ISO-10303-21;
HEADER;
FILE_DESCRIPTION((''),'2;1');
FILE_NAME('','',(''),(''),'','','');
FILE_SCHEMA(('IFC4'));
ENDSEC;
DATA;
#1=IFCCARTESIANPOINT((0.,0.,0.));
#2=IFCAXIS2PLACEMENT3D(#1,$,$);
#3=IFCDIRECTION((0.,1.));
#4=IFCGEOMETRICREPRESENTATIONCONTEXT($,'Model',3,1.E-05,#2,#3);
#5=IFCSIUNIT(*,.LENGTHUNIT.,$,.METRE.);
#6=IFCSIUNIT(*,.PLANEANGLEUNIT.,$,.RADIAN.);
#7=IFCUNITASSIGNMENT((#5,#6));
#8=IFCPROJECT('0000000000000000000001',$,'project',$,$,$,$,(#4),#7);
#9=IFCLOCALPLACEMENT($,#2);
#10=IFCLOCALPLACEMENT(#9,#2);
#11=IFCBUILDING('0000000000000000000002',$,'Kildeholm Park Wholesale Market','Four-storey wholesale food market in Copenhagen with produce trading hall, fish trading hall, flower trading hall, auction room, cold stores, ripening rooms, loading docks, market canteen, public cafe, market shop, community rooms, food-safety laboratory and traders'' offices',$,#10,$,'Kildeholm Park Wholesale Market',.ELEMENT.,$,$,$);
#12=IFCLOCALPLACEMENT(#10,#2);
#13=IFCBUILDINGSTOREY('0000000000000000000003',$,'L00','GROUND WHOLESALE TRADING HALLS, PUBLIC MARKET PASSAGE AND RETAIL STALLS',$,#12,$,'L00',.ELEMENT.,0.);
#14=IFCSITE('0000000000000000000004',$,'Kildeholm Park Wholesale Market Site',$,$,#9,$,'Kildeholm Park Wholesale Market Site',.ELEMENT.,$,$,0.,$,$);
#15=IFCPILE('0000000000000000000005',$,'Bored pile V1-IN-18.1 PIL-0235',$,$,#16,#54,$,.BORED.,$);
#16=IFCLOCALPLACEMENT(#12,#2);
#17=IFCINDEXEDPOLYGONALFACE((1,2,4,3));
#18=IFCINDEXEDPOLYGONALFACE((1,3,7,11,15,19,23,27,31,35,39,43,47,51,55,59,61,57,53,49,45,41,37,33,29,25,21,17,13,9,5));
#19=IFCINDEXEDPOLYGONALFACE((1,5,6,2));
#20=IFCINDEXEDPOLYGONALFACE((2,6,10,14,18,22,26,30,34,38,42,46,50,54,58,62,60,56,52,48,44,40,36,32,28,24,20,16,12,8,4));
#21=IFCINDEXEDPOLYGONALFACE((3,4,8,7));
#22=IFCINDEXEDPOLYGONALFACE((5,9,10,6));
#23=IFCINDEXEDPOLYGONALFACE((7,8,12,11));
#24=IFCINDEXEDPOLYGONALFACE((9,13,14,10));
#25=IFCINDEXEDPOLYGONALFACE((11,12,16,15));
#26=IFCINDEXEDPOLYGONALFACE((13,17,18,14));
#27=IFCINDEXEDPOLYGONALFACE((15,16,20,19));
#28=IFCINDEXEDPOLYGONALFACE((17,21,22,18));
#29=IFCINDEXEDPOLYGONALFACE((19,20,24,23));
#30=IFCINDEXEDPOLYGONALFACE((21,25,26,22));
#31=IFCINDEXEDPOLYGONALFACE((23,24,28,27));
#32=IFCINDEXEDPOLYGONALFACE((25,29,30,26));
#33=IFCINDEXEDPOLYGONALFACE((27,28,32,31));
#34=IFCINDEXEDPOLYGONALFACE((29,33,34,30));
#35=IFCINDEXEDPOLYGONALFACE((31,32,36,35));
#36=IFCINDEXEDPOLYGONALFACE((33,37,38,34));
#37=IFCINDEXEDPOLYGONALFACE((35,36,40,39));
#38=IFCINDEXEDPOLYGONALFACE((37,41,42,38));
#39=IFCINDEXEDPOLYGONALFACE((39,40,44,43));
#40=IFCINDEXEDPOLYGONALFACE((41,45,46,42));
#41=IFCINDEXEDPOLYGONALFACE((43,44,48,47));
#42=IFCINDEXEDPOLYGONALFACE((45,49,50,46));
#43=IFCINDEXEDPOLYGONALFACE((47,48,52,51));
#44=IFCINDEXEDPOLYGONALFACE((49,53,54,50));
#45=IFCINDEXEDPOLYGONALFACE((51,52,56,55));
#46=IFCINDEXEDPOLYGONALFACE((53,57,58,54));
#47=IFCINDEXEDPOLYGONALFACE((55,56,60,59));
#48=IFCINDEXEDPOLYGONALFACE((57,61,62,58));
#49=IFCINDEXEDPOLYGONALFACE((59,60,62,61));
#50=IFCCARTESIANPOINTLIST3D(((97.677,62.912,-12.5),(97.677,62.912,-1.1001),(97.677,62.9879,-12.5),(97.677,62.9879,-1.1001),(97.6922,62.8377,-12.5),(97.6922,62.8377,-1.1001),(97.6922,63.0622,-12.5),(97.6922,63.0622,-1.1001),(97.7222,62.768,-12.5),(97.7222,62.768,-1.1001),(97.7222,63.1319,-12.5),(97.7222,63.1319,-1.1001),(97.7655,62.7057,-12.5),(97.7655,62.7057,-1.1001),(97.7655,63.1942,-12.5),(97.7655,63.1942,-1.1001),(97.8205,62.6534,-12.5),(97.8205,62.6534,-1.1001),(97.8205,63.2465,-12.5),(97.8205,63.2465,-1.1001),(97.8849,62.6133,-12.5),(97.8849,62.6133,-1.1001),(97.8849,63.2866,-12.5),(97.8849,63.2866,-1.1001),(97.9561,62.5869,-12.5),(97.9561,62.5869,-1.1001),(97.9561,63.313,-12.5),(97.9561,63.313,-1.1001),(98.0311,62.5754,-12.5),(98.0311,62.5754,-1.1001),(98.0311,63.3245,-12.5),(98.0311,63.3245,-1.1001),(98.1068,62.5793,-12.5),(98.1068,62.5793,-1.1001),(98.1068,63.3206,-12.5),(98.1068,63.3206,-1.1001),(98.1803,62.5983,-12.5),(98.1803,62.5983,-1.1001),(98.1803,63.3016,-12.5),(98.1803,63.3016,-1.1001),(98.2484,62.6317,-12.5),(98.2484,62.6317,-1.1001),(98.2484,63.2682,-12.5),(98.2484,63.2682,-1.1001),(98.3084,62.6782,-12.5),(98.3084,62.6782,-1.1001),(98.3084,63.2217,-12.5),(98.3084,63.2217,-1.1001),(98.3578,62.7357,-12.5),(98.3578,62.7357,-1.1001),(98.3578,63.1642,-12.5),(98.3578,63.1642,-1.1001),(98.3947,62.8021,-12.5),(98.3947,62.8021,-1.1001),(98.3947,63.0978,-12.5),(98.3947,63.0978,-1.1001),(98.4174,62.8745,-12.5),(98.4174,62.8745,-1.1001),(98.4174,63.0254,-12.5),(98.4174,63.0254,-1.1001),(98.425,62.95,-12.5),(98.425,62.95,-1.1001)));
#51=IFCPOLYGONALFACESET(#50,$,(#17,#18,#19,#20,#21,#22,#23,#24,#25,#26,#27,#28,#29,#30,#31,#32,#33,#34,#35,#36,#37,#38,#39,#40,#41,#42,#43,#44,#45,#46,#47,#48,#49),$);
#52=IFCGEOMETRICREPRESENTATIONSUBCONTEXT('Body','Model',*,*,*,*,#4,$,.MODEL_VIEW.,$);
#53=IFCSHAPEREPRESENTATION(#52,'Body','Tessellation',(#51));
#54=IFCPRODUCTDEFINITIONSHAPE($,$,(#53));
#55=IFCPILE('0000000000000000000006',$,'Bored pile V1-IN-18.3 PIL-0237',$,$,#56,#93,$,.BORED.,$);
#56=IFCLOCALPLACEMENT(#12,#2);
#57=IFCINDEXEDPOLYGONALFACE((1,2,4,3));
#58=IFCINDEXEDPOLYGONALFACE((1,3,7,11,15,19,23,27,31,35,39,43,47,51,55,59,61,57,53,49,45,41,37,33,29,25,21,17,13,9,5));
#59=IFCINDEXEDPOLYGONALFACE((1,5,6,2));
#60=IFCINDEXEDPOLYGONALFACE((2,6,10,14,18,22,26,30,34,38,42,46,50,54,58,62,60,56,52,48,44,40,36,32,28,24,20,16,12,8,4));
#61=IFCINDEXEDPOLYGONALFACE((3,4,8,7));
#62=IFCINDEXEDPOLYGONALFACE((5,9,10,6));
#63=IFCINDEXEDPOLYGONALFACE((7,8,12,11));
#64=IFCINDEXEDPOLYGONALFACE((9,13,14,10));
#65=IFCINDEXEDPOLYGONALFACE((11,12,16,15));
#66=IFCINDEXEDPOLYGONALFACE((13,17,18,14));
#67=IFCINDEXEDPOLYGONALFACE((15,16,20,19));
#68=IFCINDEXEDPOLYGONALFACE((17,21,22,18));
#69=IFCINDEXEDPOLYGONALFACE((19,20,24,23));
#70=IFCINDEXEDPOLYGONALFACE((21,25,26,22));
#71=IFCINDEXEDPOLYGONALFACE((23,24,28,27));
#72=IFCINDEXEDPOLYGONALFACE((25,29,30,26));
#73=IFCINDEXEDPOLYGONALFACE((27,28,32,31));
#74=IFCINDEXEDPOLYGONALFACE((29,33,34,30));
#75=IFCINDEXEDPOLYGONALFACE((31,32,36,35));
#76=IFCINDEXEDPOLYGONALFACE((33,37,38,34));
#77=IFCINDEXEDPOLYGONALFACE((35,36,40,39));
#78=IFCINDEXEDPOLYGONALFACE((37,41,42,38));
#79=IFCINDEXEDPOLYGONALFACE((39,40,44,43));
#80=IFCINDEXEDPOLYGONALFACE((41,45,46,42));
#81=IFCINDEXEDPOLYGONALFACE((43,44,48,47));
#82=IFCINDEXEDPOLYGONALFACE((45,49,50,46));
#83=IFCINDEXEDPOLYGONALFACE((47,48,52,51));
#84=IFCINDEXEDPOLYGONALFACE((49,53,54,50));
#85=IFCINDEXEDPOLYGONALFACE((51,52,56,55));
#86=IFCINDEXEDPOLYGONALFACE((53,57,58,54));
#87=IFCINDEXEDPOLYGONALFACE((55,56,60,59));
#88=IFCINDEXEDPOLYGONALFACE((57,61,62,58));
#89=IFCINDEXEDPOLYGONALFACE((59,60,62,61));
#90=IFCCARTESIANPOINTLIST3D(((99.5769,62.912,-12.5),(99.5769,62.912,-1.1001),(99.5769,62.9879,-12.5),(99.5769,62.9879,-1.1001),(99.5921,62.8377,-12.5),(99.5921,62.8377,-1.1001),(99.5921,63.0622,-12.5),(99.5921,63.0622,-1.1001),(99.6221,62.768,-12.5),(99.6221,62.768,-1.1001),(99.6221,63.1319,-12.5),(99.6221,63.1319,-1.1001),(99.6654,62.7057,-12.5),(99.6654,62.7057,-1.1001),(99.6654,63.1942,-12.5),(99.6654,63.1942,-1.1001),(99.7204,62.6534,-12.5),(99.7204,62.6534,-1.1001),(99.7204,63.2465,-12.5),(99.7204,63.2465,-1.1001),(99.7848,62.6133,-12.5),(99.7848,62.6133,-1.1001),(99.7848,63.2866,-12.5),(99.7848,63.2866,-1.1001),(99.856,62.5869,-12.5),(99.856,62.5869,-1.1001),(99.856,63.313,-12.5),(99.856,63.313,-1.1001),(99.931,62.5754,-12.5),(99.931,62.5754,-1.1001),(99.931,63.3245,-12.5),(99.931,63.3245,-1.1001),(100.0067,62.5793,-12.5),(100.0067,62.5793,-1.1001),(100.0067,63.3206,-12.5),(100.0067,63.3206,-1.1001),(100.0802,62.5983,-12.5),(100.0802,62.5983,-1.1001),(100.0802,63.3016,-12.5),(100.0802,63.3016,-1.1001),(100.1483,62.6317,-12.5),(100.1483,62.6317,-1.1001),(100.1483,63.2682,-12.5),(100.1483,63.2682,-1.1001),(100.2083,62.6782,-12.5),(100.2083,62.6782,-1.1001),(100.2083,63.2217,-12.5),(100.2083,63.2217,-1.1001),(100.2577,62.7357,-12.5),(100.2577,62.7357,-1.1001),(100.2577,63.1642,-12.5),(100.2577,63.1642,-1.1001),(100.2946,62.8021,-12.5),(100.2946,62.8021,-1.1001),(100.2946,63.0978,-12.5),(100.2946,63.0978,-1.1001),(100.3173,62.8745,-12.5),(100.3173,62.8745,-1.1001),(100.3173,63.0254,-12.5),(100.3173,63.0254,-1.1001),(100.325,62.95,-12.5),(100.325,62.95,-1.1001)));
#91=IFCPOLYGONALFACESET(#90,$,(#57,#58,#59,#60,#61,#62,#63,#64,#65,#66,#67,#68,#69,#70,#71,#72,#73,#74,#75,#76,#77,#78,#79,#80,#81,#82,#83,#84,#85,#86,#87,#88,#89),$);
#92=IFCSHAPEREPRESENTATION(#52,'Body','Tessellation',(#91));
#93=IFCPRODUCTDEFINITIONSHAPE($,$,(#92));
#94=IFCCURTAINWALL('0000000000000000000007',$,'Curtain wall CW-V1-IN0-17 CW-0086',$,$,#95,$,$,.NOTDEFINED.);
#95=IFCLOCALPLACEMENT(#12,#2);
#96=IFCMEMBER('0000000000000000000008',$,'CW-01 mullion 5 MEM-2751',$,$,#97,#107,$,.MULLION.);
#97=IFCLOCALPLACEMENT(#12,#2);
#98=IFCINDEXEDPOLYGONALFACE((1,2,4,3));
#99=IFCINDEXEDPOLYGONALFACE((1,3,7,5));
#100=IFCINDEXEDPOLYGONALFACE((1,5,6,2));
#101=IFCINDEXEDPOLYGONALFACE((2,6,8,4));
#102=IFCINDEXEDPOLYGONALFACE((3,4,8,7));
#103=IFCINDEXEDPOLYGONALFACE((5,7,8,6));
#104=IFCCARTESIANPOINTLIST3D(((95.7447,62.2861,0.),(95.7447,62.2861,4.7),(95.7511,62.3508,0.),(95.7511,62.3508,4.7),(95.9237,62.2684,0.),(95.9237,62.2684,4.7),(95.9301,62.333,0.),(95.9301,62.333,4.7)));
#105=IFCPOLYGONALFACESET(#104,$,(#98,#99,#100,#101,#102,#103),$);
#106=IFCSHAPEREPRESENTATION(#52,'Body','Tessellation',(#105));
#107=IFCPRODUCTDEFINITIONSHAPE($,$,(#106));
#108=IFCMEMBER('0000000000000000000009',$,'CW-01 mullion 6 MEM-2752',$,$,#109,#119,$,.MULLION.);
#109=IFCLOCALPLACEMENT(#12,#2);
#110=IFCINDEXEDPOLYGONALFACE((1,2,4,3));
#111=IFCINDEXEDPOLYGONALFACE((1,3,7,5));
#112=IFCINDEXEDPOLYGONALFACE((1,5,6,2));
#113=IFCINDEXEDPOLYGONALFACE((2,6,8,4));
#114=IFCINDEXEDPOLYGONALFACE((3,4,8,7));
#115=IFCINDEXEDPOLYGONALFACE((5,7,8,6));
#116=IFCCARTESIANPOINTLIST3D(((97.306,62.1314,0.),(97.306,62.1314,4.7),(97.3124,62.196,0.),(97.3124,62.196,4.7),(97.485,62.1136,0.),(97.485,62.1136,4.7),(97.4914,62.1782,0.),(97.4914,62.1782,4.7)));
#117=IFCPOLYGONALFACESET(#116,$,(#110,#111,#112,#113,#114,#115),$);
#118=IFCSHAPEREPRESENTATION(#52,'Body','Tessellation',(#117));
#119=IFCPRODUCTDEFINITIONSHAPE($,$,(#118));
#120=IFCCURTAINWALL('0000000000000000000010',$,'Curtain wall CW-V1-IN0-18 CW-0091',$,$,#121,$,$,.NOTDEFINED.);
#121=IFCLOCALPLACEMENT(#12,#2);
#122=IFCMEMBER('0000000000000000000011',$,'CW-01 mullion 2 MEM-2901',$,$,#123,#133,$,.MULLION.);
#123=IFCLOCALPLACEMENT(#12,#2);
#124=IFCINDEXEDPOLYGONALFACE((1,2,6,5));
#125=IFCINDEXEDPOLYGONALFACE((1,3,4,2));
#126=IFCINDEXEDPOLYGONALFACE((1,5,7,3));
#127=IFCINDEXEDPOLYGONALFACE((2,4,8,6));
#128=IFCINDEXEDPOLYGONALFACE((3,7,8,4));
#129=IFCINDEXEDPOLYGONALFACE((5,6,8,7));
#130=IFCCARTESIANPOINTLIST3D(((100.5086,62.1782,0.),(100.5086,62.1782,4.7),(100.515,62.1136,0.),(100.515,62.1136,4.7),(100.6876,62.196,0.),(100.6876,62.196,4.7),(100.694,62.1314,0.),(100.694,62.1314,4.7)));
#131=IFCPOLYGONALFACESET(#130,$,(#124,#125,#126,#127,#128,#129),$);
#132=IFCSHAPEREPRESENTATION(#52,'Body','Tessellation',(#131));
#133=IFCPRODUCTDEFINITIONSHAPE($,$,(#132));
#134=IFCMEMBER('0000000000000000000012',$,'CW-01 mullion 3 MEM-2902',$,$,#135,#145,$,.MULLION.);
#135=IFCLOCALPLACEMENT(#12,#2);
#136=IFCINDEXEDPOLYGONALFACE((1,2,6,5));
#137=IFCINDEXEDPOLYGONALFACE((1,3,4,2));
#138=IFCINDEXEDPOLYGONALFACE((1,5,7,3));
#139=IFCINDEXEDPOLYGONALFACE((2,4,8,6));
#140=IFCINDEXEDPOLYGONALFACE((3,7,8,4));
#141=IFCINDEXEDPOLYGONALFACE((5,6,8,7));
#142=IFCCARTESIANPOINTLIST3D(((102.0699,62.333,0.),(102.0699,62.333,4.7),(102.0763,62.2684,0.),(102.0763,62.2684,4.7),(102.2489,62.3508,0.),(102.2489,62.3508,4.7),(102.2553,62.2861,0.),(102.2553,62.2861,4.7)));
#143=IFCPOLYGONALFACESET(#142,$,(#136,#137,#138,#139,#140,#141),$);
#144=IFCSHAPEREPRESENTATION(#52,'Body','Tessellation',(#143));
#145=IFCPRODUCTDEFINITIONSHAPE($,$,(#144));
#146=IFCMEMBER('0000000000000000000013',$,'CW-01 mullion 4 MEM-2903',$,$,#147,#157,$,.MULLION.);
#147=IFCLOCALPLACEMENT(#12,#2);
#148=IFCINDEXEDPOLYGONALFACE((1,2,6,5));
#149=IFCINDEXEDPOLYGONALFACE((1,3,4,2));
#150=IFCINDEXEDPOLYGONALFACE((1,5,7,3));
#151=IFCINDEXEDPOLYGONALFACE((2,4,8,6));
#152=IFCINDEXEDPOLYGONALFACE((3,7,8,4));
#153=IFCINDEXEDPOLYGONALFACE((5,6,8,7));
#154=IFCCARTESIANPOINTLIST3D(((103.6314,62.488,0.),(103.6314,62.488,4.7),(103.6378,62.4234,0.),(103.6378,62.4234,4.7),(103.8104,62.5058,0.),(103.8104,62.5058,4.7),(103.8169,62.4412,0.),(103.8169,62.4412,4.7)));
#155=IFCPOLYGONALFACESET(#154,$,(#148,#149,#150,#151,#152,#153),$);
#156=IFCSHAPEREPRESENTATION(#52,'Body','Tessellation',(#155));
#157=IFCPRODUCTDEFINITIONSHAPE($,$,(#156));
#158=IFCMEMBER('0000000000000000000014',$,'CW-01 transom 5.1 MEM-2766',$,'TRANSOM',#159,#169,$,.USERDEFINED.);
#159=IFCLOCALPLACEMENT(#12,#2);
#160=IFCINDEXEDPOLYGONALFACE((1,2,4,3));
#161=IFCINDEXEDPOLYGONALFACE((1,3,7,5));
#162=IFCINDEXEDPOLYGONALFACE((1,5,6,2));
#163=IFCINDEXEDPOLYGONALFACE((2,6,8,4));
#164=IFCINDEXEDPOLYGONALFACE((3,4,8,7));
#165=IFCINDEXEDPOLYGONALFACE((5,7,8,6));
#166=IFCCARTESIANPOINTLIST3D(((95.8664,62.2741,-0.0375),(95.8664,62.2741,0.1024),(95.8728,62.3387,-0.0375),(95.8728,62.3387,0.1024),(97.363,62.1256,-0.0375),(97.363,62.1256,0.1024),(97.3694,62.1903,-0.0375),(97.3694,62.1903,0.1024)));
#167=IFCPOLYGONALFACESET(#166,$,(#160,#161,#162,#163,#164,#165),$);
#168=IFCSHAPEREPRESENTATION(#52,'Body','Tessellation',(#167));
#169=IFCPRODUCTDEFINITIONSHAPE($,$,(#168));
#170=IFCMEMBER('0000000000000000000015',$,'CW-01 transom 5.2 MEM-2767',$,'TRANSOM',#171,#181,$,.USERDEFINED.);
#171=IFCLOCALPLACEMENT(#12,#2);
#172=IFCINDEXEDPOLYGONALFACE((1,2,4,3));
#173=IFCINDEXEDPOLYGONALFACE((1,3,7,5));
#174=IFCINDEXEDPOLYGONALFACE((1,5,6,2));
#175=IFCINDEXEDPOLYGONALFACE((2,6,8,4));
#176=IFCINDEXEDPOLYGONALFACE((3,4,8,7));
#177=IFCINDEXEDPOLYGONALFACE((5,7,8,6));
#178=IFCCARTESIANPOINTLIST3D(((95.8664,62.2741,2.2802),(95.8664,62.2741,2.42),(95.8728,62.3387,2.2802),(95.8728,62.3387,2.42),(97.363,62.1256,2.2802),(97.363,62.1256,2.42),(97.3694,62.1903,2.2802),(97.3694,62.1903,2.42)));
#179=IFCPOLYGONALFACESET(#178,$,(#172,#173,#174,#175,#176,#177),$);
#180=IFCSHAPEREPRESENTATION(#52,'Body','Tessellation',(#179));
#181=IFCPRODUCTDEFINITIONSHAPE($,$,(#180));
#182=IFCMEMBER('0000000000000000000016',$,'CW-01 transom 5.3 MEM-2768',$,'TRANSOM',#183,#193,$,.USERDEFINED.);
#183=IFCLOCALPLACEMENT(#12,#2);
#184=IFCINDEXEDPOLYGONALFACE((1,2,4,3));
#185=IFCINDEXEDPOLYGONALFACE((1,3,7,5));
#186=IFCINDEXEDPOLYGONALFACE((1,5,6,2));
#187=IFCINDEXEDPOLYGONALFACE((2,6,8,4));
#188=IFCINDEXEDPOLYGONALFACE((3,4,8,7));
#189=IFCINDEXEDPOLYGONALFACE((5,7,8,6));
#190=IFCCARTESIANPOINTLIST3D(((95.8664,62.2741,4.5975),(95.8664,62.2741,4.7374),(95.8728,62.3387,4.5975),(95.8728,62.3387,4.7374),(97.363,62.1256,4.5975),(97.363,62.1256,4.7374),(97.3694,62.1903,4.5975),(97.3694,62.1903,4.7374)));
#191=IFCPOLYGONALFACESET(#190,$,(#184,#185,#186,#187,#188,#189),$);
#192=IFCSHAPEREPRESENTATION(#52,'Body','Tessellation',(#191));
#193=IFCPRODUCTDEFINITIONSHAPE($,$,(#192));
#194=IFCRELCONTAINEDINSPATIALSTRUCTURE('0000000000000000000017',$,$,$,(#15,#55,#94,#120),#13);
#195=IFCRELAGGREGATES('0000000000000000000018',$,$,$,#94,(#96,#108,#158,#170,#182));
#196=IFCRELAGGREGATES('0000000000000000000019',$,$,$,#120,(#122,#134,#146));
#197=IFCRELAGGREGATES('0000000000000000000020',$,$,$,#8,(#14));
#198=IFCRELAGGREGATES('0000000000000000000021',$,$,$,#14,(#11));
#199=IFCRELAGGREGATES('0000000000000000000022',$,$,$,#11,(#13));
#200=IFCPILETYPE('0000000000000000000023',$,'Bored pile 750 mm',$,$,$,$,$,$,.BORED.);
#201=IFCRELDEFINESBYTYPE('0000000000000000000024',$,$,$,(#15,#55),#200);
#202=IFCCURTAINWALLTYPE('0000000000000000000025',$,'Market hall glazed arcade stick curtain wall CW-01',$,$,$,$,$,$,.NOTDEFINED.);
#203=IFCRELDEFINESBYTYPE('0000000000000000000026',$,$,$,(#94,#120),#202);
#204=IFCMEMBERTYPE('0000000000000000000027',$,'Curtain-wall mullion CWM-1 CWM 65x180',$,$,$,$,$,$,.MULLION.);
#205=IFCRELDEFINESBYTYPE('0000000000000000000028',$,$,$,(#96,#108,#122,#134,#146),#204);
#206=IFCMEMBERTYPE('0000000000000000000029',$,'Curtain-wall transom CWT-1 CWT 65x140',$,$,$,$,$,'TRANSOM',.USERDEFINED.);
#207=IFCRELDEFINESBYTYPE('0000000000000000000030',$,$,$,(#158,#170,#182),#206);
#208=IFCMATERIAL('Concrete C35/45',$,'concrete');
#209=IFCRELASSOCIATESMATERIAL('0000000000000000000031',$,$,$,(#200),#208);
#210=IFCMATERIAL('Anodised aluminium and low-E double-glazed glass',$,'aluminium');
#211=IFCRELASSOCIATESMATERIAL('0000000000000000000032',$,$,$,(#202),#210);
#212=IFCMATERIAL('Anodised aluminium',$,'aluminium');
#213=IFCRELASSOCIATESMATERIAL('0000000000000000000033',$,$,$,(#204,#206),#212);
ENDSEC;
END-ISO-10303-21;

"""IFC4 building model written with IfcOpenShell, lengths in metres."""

from ifc_helpers import new_model, si_unit, direction, frame, origin, origin_2d, place, context, subcontext, project, spatial, rectangle, circle, extrude, material, material_profile, profile_set, type_object, element, aggregate, save


model = new_model("IFC4")

# Units and contexts
model_context = context("Model", 3, precision=1e-05, world=origin(), true_north=direction((0.0, 1.0)))
body_context = subcontext(model_context, "Body", "Model", "MODEL_VIEW")
ifc_project = project(units=[si_unit("LENGTHUNIT", "METRE"), si_unit("PLANEANGLEUNIT", "RADIAN")], contexts=[model_context])

# Site, building, storey
site_placement = place(None, origin())
site = spatial("IfcSite", under=ifc_project, at=site_placement, Name="Kildeholm Park Wholesale Market Site", LongName="Kildeholm Park Wholesale Market Site", CompositionType="ELEMENT", RefElevation=0.0)
building_placement = place(site_placement, origin())
building = spatial("IfcBuilding", under=site, at=building_placement, Name="Kildeholm Park Wholesale Market", Description="Four-storey wholesale food market in Copenhagen with produce trading hall, fish trading hall, flower trading hall, auction room, cold stores, ripening rooms, loading docks, market canteen, public cafe, market shop, community rooms, food-safety laboratory and traders' offices", LongName="Kildeholm Park Wholesale Market", CompositionType="ELEMENT")
storey_placement = place(building_placement, origin())
storey = spatial("IfcBuildingStorey", under=building, at=storey_placement, Name="L00", Description="GROUND WHOLESALE TRADING HALLS, PUBLIC MARKET PASSAGE AND RETAIL STALLS", LongName="L00", CompositionType="ELEMENT", Elevation=0.0)

# Piles
ifc_material_1 = material(Name="Concrete C35/45", Category="concrete")
ifc_material_profile_1 = material_profile(ifc_material_1, circle(Radius=0.375, at=origin_2d()), Name="PILE D750")
ifc_profile_set_1 = profile_set([ifc_material_profile_1], Name="Concrete C35/45")
pile_type = type_object("IfcPileType", Name="Bored pile 750 mm", PredefinedType="BORED", material=ifc_profile_set_1)
for number, where, z_axis, x_axis, name in (
    (1, (98.05, 62.95, -1.1001), (0.0, 0.0, -1.0), (1.0, 0.0, 0.0), "Bored pile V1-IN-18.1 PIL-0235"),
    (2, (99.95, 62.95, -1.1001), (0.0, 0.0, -1.0), (1.0, 0.0, 0.0), "Bored pile V1-IN-18.3 PIL-0237"),
):
    element("IfcPile", number, at=place(storey_placement, frame(where, z_axis=z_axis, x_axis=x_axis)), inside=storey, type_object=pile_type, Name=name, PredefinedType="BORED", context=body_context, shape_type="SweptSolid", body=[
        extrude(circle(Radius=0.375, at=origin_2d()), origin(), (0.0, 0.0, 1.0), 11.3999),
    ])

# Curtain walls, members
ifc_material_2 = material(Name="Anodised aluminium and low-E double-glazed glass", Category="aluminium")
curtain_wall_type = type_object("IfcCurtainWallType", Name="Market hall glazed arcade stick curtain wall CW-01", PredefinedType="NOTDEFINED", material=ifc_material_2)
curtain_wall_1_placement = place(storey_placement, origin())
curtain_wall_1 = element("IfcCurtainWall", 3, at=curtain_wall_1_placement, inside=storey, type_object=curtain_wall_type, Name="Curtain wall CW-V1-IN0-17 CW-0086", PredefinedType="NOTDEFINED")
ifc_material_3 = material(Name="Anodised aluminium", Category="aluminium")
ifc_material_profile_2 = material_profile(ifc_material_3, rectangle(XDim=0.0649, YDim=0.1799, at=origin_2d()), Name="CWM 65x180")
ifc_profile_set_2 = profile_set([ifc_material_profile_2], Name="Anodised aluminium")
member_type_1 = type_object("IfcMemberType", Name="Curtain-wall mullion CWM-1 CWM 65x180", PredefinedType="MULLION", material=ifc_profile_set_2)
member_1_placement = place(storey_placement, frame((95.8374, 62.3096, 0.0), z_axis=(0.0, 0.0, 1.0), x_axis=(0.098683, 0.995119, 0.0)))
member_1 = element("IfcMember", 4, at=member_1_placement, type_object=member_type_1, Name="CW-01 mullion 5 MEM-2751", PredefinedType="MULLION", context=body_context, shape_type="SweptSolid", body=[
    extrude(rectangle(XDim=0.0649, YDim=0.1799, at=origin_2d()), origin(), (0.0, 0.0, 1.0), 4.7),
])
member_2_placement = place(storey_placement, frame((97.3987, 62.1548, 0.0), z_axis=(0.0, 0.0, 1.0), x_axis=(0.098683, 0.995119, 0.0)))
member_2 = element("IfcMember", 5, at=member_2_placement, type_object=member_type_1, Name="CW-01 mullion 6 MEM-2752", PredefinedType="MULLION", context=body_context, shape_type="SweptSolid", body=[
    extrude(rectangle(XDim=0.0649, YDim=0.1799, at=origin_2d()), origin(), (0.0, 0.0, 1.0), 4.7),
])
curtain_wall_2_placement = place(storey_placement, origin())
curtain_wall_2 = element("IfcCurtainWall", 6, at=curtain_wall_2_placement, inside=storey, type_object=curtain_wall_type, Name="Curtain wall CW-V1-IN0-18 CW-0091", PredefinedType="NOTDEFINED")
member_3_placement = place(storey_placement, frame((100.6013, 62.1548, 0.0), z_axis=(0.0, 0.0, 1.0), x_axis=(-0.098683, 0.995119, 0.0)))
member_3 = element("IfcMember", 7, at=member_3_placement, type_object=member_type_1, Name="CW-01 mullion 2 MEM-2901", PredefinedType="MULLION", context=body_context, shape_type="SweptSolid", body=[
    extrude(rectangle(XDim=0.0649, YDim=0.1799, at=origin_2d()), origin(), (0.0, 0.0, 1.0), 4.7),
])
member_4_placement = place(storey_placement, frame((102.1626, 62.3096, 0.0), z_axis=(0.0, 0.0, 1.0), x_axis=(-0.098683, 0.995119, 0.0)))
member_4 = element("IfcMember", 8, at=member_4_placement, type_object=member_type_1, Name="CW-01 mullion 3 MEM-2902", PredefinedType="MULLION", context=body_context, shape_type="SweptSolid", body=[
    extrude(rectangle(XDim=0.0649, YDim=0.1799, at=origin_2d()), origin(), (0.0, 0.0, 1.0), 4.7),
])
member_5_placement = place(storey_placement, frame((103.7241, 62.4646, 0.0), z_axis=(0.0, 0.0, 1.0), x_axis=(-0.098683, 0.995119, 0.0)))
member_5 = element("IfcMember", 9, at=member_5_placement, type_object=member_type_1, Name="CW-01 mullion 4 MEM-2903", PredefinedType="MULLION", context=body_context, shape_type="SweptSolid", body=[
    extrude(rectangle(XDim=0.0649, YDim=0.1799, at=origin_2d()), origin(), (0.0, 0.0, 1.0), 4.7),
])

# Members
ifc_material_profile_3 = material_profile(ifc_material_3, rectangle(XDim=0.0649, YDim=0.1399, at=origin_2d()), Name="CWT 65x140")
ifc_profile_set_3 = profile_set([ifc_material_profile_3], Name="Anodised aluminium")
member_type_2 = type_object("IfcMemberType", Name="Curtain-wall transom CWT-1 CWT 65x140", ElementType="TRANSOM", PredefinedType="USERDEFINED", material=ifc_profile_set_3)
member_6_placement = place(storey_placement, frame((95.8696, 62.3064, 0.0325), z_axis=(0.995117, -0.0987, 0.0), x_axis=(0.0987, 0.995117, 0.0)))
member_6 = element("IfcMember", 10, at=member_6_placement, type_object=member_type_2, Name="CW-01 transom 5.1 MEM-2766", ObjectType="TRANSOM", PredefinedType="USERDEFINED", context=body_context, shape_type="SweptSolid", body=[
    extrude(rectangle(XDim=0.0649, YDim=0.1399, at=origin_2d()), origin(), (0.0, 0.0, 1.0), 1.5039),
])
member_7_placement = place(storey_placement, frame((95.8696, 62.3064, 2.3501), z_axis=(0.995117, -0.0987, 0.0), x_axis=(0.0987, 0.995117, 0.0)))
member_7 = element("IfcMember", 11, at=member_7_placement, type_object=member_type_2, Name="CW-01 transom 5.2 MEM-2767", ObjectType="TRANSOM", PredefinedType="USERDEFINED", context=body_context, shape_type="SweptSolid", body=[
    extrude(rectangle(XDim=0.0649, YDim=0.1399, at=origin_2d()), origin(), (0.0, 0.0, 1.0), 1.5039),
])
member_8_placement = place(storey_placement, frame((95.8696, 62.3064, 4.6675), z_axis=(0.995117, -0.0987, 0.0), x_axis=(0.0987, 0.995117, 0.0)))
member_8 = element("IfcMember", 12, at=member_8_placement, type_object=member_type_2, Name="CW-01 transom 5.3 MEM-2768", ObjectType="TRANSOM", PredefinedType="USERDEFINED", context=body_context, shape_type="SweptSolid", body=[
    extrude(rectangle(XDim=0.0649, YDim=0.1399, at=origin_2d()), origin(), (0.0, 0.0, 1.0), 1.5039),
])

aggregate(curtain_wall_1, [member_1, member_2, member_6, member_7, member_8])
aggregate(curtain_wall_2, [member_3, member_4, member_5])

save(model, "model.ifc")
